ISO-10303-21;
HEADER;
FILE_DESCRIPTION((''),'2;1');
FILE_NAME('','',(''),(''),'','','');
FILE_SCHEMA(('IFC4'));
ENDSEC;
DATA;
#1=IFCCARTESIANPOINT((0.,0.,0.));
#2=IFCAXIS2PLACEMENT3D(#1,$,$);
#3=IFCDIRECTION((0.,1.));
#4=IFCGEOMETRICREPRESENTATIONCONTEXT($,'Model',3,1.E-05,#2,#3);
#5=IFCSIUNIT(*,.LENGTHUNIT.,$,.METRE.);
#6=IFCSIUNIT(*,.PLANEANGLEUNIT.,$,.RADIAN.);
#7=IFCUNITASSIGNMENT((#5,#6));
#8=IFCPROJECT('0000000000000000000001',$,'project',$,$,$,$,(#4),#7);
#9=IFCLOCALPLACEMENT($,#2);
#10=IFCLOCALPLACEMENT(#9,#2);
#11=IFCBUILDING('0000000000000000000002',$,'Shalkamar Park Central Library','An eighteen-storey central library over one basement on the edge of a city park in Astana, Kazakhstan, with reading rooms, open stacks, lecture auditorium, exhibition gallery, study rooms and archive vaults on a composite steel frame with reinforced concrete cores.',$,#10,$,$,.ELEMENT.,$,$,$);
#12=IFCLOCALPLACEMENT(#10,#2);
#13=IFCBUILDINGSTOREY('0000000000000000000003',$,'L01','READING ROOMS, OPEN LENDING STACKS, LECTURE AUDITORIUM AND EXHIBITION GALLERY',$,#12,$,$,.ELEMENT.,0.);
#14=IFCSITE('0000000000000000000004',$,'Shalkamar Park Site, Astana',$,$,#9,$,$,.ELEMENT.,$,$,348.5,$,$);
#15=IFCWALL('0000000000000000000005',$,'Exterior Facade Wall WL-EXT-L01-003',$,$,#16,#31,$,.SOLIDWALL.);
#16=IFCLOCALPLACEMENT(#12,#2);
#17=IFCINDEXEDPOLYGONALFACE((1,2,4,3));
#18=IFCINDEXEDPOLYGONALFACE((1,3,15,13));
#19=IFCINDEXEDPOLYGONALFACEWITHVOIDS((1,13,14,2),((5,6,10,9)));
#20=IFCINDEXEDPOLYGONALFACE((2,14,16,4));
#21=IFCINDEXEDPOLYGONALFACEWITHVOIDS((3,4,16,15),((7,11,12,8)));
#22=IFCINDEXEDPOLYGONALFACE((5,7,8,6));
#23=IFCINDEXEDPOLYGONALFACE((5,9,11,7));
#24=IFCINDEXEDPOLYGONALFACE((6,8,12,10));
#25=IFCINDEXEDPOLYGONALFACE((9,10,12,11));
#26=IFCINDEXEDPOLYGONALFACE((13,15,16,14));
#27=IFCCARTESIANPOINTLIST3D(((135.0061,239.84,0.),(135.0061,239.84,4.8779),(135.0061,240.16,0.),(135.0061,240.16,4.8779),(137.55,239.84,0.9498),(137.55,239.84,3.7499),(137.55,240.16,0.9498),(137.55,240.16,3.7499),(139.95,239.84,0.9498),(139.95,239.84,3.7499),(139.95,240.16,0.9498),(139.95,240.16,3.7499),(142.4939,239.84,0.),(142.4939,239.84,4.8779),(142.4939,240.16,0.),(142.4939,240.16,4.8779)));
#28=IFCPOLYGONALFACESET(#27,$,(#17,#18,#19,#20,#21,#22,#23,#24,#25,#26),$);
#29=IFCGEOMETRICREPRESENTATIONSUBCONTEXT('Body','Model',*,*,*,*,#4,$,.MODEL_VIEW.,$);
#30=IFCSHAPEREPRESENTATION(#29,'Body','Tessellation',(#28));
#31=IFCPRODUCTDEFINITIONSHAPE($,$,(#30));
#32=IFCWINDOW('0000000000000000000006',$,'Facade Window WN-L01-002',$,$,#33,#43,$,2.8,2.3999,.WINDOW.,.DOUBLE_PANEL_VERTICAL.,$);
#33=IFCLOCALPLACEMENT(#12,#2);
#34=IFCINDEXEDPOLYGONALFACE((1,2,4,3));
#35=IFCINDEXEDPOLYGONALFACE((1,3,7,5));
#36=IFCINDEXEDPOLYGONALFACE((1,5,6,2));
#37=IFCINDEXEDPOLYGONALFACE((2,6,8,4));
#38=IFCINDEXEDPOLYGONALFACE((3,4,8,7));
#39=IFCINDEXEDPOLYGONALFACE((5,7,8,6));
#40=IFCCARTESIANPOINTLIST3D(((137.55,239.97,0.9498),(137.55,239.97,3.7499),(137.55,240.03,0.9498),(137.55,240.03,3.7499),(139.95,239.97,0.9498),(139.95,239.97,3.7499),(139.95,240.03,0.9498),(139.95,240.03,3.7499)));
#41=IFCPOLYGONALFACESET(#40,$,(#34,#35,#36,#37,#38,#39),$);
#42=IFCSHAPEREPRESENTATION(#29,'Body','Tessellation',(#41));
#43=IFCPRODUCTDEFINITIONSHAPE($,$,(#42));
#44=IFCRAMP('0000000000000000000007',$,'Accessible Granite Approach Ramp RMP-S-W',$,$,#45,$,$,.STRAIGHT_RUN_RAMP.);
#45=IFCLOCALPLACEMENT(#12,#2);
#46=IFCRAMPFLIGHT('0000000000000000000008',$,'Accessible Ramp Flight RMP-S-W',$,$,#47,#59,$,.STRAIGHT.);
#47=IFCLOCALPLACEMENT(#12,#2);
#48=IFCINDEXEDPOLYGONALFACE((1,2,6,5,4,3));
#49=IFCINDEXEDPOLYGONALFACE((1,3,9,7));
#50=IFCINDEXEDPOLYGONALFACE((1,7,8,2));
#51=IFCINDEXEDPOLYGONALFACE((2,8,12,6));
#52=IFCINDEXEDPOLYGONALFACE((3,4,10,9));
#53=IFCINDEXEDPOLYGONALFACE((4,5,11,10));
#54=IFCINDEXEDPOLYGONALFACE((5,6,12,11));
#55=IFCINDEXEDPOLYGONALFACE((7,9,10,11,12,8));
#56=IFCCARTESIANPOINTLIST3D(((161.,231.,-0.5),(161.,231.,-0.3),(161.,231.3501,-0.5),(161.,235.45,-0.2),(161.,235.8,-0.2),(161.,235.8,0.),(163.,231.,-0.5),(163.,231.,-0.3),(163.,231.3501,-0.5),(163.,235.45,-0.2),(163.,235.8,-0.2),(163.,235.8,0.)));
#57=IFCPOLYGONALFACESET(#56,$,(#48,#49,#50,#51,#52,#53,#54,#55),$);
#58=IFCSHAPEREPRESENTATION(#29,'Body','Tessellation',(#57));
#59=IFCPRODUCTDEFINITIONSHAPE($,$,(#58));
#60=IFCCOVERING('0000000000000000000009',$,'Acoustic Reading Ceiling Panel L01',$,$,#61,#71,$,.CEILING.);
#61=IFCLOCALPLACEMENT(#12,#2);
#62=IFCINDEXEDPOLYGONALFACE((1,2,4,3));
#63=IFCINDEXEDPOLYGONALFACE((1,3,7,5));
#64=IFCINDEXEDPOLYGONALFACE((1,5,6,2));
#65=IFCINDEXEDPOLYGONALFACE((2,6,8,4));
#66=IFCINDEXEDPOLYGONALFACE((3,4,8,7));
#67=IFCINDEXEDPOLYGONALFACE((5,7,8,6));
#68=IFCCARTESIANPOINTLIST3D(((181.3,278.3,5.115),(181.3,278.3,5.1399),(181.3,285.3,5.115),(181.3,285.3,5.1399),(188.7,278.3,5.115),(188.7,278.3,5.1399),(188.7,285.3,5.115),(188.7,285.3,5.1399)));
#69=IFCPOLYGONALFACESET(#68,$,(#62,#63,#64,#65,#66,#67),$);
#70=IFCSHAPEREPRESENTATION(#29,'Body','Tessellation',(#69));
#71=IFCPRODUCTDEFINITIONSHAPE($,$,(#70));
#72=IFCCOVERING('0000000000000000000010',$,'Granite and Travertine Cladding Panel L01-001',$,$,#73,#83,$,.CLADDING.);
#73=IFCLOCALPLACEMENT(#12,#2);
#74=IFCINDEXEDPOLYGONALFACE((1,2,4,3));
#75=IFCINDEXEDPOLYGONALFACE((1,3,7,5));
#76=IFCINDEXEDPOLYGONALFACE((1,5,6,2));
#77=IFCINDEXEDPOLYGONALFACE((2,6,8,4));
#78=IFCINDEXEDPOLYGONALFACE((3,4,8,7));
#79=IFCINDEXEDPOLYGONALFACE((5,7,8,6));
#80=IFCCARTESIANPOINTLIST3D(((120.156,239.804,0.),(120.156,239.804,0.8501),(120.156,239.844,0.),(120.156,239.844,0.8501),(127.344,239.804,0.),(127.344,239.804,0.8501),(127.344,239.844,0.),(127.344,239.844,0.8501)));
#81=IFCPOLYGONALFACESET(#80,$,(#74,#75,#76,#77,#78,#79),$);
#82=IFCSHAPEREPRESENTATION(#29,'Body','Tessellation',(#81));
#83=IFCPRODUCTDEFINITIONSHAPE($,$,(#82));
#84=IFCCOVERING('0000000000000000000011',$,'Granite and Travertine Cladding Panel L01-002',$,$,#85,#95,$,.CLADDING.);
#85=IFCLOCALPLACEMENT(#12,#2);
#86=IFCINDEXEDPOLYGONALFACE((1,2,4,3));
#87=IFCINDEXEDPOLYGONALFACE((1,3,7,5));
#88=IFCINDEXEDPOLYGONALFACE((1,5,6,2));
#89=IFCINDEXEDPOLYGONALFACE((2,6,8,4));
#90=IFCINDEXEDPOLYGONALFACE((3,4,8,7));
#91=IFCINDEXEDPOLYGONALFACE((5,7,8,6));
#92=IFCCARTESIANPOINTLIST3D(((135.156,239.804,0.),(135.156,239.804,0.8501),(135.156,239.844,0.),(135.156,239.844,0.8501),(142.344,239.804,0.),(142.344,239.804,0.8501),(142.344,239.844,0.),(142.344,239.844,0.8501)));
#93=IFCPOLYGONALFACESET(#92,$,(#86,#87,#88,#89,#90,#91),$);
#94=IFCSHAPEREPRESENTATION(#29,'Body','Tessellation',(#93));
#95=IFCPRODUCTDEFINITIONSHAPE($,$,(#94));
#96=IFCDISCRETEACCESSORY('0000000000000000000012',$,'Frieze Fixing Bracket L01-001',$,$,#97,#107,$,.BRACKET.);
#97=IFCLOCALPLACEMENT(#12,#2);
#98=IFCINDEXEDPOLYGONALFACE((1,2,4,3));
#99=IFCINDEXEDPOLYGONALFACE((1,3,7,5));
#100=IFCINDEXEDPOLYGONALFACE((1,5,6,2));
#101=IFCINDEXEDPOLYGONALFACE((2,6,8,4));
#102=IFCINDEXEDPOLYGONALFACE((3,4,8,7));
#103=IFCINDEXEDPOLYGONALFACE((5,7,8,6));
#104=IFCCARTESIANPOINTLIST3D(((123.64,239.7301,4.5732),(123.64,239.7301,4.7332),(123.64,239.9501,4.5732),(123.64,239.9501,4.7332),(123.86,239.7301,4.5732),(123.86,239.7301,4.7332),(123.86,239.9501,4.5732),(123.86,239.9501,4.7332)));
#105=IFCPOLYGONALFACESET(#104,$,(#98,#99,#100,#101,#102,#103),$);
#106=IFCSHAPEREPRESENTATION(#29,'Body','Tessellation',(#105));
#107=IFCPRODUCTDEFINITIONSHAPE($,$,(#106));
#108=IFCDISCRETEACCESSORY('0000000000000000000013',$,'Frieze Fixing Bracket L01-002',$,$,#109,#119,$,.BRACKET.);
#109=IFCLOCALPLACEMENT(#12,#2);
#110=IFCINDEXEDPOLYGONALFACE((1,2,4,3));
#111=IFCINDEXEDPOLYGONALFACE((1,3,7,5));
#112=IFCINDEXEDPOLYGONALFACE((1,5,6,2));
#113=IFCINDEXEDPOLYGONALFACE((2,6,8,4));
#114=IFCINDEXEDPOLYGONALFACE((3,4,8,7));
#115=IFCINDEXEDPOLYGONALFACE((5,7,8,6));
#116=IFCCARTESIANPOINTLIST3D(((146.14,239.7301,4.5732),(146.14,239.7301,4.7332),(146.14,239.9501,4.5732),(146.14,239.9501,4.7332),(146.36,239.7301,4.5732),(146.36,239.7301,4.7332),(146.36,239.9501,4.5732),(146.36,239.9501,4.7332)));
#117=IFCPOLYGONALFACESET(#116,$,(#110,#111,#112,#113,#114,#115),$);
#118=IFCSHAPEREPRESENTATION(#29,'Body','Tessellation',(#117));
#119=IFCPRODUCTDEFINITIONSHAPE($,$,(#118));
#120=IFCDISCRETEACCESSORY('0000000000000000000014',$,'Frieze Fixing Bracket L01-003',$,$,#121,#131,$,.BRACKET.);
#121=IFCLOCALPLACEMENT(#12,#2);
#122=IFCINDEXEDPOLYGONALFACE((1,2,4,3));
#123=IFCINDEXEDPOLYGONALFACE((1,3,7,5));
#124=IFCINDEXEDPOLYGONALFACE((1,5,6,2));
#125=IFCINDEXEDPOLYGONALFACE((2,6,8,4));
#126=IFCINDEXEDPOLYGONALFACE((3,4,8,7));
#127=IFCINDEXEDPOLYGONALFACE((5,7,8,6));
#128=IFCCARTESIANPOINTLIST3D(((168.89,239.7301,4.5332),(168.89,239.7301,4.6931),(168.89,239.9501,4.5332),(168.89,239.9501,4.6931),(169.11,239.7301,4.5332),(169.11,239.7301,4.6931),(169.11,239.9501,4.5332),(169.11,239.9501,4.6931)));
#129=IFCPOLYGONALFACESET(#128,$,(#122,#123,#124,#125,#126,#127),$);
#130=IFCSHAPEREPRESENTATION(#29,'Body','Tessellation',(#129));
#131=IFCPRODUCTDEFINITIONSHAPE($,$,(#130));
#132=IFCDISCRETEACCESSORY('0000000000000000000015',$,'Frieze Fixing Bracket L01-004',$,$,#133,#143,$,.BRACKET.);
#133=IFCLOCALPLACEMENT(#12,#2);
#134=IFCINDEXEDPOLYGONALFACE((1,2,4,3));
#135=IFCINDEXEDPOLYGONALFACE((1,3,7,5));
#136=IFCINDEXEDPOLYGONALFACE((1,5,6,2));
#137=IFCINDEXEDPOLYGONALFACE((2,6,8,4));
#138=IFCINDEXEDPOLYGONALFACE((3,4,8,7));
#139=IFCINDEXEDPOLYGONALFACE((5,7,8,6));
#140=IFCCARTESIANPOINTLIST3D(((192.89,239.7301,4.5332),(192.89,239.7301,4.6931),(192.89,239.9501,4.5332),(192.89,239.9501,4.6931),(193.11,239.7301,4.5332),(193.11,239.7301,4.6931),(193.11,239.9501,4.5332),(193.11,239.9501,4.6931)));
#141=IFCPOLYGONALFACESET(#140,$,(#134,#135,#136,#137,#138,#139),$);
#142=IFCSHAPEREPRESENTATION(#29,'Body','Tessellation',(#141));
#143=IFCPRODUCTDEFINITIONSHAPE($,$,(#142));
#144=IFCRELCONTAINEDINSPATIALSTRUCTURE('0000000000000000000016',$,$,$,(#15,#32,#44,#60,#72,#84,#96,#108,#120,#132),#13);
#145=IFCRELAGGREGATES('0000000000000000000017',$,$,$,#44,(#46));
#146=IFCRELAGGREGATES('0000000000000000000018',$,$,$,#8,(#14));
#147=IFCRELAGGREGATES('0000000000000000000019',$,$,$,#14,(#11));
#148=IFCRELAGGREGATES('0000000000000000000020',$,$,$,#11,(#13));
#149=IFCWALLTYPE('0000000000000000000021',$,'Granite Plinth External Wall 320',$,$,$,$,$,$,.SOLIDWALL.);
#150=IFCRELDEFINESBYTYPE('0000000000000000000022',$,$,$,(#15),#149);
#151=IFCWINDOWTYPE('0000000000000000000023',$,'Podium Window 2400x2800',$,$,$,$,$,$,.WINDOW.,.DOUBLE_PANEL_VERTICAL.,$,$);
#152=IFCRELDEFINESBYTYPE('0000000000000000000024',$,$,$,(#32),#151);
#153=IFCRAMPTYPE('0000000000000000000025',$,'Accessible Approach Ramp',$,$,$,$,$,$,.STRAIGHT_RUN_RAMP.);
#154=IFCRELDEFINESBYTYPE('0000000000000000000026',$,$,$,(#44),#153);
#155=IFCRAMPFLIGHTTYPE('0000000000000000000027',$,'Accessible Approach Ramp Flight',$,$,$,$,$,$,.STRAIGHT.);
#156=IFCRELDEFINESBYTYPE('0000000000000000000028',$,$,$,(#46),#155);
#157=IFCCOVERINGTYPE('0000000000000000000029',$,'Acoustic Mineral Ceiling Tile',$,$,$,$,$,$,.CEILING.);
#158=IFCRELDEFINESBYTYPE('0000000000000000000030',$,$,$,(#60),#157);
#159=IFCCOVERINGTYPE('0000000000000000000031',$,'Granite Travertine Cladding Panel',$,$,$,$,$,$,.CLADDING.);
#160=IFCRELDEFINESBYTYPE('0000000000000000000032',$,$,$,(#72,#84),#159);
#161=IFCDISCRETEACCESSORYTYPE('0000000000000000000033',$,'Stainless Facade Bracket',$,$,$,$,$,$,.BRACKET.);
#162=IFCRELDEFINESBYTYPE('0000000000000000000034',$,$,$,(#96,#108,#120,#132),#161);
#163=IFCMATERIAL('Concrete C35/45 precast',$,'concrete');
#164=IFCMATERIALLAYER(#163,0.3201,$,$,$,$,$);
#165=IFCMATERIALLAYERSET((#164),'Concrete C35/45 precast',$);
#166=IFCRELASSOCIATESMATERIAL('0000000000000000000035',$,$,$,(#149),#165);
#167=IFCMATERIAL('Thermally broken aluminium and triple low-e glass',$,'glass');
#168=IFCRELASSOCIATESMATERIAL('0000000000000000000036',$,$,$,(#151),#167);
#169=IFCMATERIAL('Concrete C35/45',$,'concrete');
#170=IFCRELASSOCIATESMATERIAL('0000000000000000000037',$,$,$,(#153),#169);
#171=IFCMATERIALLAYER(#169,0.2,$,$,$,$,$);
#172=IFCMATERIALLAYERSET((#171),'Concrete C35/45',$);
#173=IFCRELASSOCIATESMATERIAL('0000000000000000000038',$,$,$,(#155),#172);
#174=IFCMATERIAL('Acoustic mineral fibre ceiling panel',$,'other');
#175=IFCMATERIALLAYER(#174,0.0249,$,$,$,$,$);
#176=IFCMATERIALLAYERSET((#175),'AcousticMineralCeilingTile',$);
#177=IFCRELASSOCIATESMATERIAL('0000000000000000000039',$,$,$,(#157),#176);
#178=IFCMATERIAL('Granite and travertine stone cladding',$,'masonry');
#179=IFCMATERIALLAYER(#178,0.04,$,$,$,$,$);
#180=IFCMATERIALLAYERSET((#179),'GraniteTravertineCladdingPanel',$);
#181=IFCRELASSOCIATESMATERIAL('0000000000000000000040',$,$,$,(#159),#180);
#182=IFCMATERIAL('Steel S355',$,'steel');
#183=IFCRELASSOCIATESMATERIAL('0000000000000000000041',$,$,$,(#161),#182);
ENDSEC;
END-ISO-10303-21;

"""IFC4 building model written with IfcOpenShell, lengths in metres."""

from ifc_helpers import new_model, si_unit, direction, frame, frame_2d, origin, origin_2d, place, context, subcontext, project, spatial, polyline, rectangle, outline, extrude, material, layer, layer_set, type_object, element, fill, aggregate, save


model = new_model("IFC4")

# Units and contexts
model_context = context("Model", 3, precision=1e-05, world=origin(), true_north=direction((0.0, 1.0)))
body_context = subcontext(model_context, "Body", "Model", "MODEL_VIEW")
ifc_project = project(units=[si_unit("LENGTHUNIT", "METRE"), si_unit("PLANEANGLEUNIT", "RADIAN")], contexts=[model_context])

# Site, building, storey
site_placement = place(None, origin())
site = spatial("IfcSite", under=ifc_project, at=site_placement, Name="Shalkamar Park Site, Astana", CompositionType="ELEMENT", RefElevation=348.5)
building_placement = place(site_placement, origin())
building = spatial("IfcBuilding", under=site, at=building_placement, Name="Shalkamar Park Central Library", Description="An eighteen-storey central library over one basement on the edge of a city park in Astana, Kazakhstan, with reading rooms, open stacks, lecture auditorium, exhibition gallery, study rooms and archive vaults on a composite steel frame with reinforced concrete cores.", CompositionType="ELEMENT")
storey_placement = place(building_placement, origin())
storey = spatial("IfcBuildingStorey", under=building, at=storey_placement, Name="L01", Description="READING ROOMS, OPEN LENDING STACKS, LECTURE AUDITORIUM AND EXHIBITION GALLERY", CompositionType="ELEMENT", Elevation=0.0)

# Shared definitions
ifc_material_1 = material(Name="Steel S355", Category="steel")

# Shared definitions
ifc_material_2 = material(Name="Concrete C35/45", Category="concrete")

# Shared definitions
ifc_material_3 = material(Name="Concrete C35/45 precast", Category="concrete")
ifc_layer_1 = layer(ifc_material_3, 0.3201)
ifc_layer_set_1 = layer_set([ifc_layer_1], Name="Concrete C35/45 precast")
wall_type_1 = type_object("IfcWallType", Name="Granite Plinth External Wall 320", PredefinedType="SOLIDWALL", material=ifc_layer_set_1)
ifc_material_4 = material(Name="Thermally broken aluminium and triple low-e glass", Category="glass")

# Wall, opening, window
wall_1_placement = place(storey_placement, frame((135.0061, 240.0, 0.0), z_axis=(0.0, 0.0, 1.0), x_axis=(1.0, 0.0, 0.0)))
wall_1 = element("IfcWall", 1, at=wall_1_placement, inside=storey, type_object=wall_type_1, Name="Exterior Facade Wall WL-EXT-L01-003", PredefinedType="SOLIDWALL", context=body_context, shape_type="SweptSolid", body=[
    extrude(rectangle(XDim=7.4878, YDim=0.3201, at=frame_2d((3.7439, 0.0))), origin(), (0.0, 0.0, 1.0), 4.8779),
])
opening_1_placement = place(wall_1_placement, frame((2.5439, 0.0, 0.95)))
opening_1 = element("IfcOpeningElement", 2, at=opening_1_placement, cuts=wall_1, PredefinedType="OPENING", context=body_context, shape_type="SweptSolid", body=[
    extrude(rectangle(XDim=2.3999, YDim=2.8, at=frame_2d((1.2, 1.3999))), frame((0.0, 0.1748, 0.0), z_axis=(0.0, -1.0, 0.0), x_axis=(1.0, 0.0, 0.0)), (0.0, 0.0, 1.0), 0.3499),
])
window_type_1 = type_object("IfcWindowType", Name="Podium Window 2400x2800", PartitioningType="DOUBLE_PANEL_VERTICAL", PredefinedType="WINDOW", material=ifc_material_4)
window_1_placement = place(opening_1_placement, origin())
window_1 = element("IfcWindow", 3, at=window_1_placement, inside=storey, type_object=window_type_1, Name="Facade Window WN-L01-002", OverallHeight=2.8, OverallWidth=2.3999, PartitioningType="DOUBLE_PANEL_VERTICAL", PredefinedType="WINDOW", context=body_context, shape_type="SweptSolid", body=[
    extrude(rectangle(XDim=2.3999, YDim=2.8, at=frame_2d((1.2, 1.3999))), frame((0.0, 0.03, 0.0), z_axis=(0.0, -1.0, 0.0), x_axis=(1.0, 0.0, 0.0)), (0.0, 0.0, 1.0), 0.0601),
])
fill(opening_1, window_1)

# Ramp, ramp flight
ramp_type = type_object("IfcRampType", Name="Accessible Approach Ramp", PredefinedType="STRAIGHT_RUN_RAMP", material=ifc_material_2)
ramp_placement = place(storey_placement, origin())
ramp = element("IfcRamp", 4, at=ramp_placement, inside=storey, type_object=ramp_type, Name="Accessible Granite Approach Ramp RMP-S-W", PredefinedType="STRAIGHT_RUN_RAMP")
ifc_layer_2 = layer(ifc_material_2, 0.2)
ifc_layer_set_2 = layer_set([ifc_layer_2], Name="Concrete C35/45")
ramp_flight_type = type_object("IfcRampFlightType", Name="Accessible Approach Ramp Flight", PredefinedType="STRAIGHT", material=ifc_layer_set_2)
ramp_flight_placement = place(storey_placement, frame((162.0, 231.0, -0.3), z_axis=(0.0, 0.0, 1.0), x_axis=(0.0, 1.0, 0.0)))
ramp_flight = element("IfcRampFlight", 5, at=ramp_flight_placement, type_object=ramp_flight_type, Name="Accessible Ramp Flight RMP-S-W", PredefinedType="STRAIGHT", context=body_context, shape_type="SweptSolid", body=[
    extrude(outline(polyline([(0.0, 0.0), (0.0, -0.2), (0.3501, -0.2), (4.45, 0.1001), (4.8, 0.1001), (4.8, 0.3), (0.0, 0.0)])), frame((0.0, 1.0, 0.0), z_axis=(0.0, -1.0, 0.0), x_axis=(1.0, 0.0, 0.0)), (0.0, 0.0, 1.0), 2.0),
])
aggregate(ramp, [ramp_flight])

# Coverings
ifc_material_5 = material(Name="Acoustic mineral fibre ceiling panel", Category="other")
ifc_layer_3 = layer(ifc_material_5, 0.0249)
ifc_layer_set_3 = layer_set([ifc_layer_3], Name="AcousticMineralCeilingTile")
covering_type_1 = type_object("IfcCoveringType", Name="Acoustic Mineral Ceiling Tile", PredefinedType="CEILING", material=ifc_layer_set_3)
covering_placement = place(storey_placement, frame((0.0, 0.0, 5.115)))
element("IfcCovering", 6, at=covering_placement, inside=storey, type_object=covering_type_1, Name="Acoustic Reading Ceiling Panel L01", PredefinedType="CEILING", context=body_context, shape_type="SweptSolid", body=[
    extrude(outline(polyline([(181.3, 278.3), (188.7, 278.3), (188.7, 285.3), (181.3, 285.3), (181.3, 278.3)])), origin(), (0.0, 0.0, 1.0), 0.0249),
])
ifc_material_6 = material(Name="Granite and travertine stone cladding", Category="masonry")
ifc_layer_4 = layer(ifc_material_6, 0.04)
ifc_layer_set_4 = layer_set([ifc_layer_4], Name="GraniteTravertineCladdingPanel")
covering_type_2 = type_object("IfcCoveringType", Name="Granite Travertine Cladding Panel", PredefinedType="CLADDING", material=ifc_layer_set_4)
for number, where, z_axis, x_axis, name in (
    (7, (123.75, 239.824, 0.0), (0.0, 0.0, 1.0), (1.0, 0.0, 0.0), "Granite and Travertine Cladding Panel L01-001"),
    (8, (138.75, 239.824, 0.0), (0.0, 0.0, 1.0), (1.0, 0.0, 0.0), "Granite and Travertine Cladding Panel L01-002"),
):
    element("IfcCovering", number, at=place(storey_placement, frame(where, z_axis=z_axis, x_axis=x_axis)), inside=storey, type_object=covering_type_2, Name=name, PredefinedType="CLADDING", context=body_context, shape_type="SweptSolid", body=[
        extrude(rectangle(XDim=7.188, YDim=0.04, at=origin_2d()), origin(), (0.0, 0.0, 1.0), 0.8501),
    ])

# Discrete accessories
discrete_accessory_type = type_object("IfcDiscreteAccessoryType", Name="Stainless Facade Bracket", PredefinedType="BRACKET", material=ifc_material_1)
for number, where, z_axis, x_axis, name in (
    (9, (123.75, 239.8401, 4.5732), (0.0, 0.0, 1.0), (1.0, 0.0, 0.0), "Frieze Fixing Bracket L01-001"),
    (10, (146.25, 239.8401, 4.5732), (0.0, 0.0, 1.0), (1.0, 0.0, 0.0), "Frieze Fixing Bracket L01-002"),
    (11, (169.0, 239.8401, 4.5332), (0.0, 0.0, 1.0), (1.0, 0.0, 0.0), "Frieze Fixing Bracket L01-003"),
    (12, (193.0, 239.8401, 4.5332), (0.0, 0.0, 1.0), (1.0, 0.0, 0.0), "Frieze Fixing Bracket L01-004"),
):
    element("IfcDiscreteAccessory", number, at=place(storey_placement, frame(where, z_axis=z_axis, x_axis=x_axis)), inside=storey, type_object=discrete_accessory_type, Name=name, PredefinedType="BRACKET", context=body_context, shape_type="SweptSolid", body=[
        extrude(rectangle(XDim=0.22, YDim=0.22, at=origin_2d()), origin(), (0.0, 0.0, 1.0), 0.1599),
    ])

save(model, "model.ifc")
